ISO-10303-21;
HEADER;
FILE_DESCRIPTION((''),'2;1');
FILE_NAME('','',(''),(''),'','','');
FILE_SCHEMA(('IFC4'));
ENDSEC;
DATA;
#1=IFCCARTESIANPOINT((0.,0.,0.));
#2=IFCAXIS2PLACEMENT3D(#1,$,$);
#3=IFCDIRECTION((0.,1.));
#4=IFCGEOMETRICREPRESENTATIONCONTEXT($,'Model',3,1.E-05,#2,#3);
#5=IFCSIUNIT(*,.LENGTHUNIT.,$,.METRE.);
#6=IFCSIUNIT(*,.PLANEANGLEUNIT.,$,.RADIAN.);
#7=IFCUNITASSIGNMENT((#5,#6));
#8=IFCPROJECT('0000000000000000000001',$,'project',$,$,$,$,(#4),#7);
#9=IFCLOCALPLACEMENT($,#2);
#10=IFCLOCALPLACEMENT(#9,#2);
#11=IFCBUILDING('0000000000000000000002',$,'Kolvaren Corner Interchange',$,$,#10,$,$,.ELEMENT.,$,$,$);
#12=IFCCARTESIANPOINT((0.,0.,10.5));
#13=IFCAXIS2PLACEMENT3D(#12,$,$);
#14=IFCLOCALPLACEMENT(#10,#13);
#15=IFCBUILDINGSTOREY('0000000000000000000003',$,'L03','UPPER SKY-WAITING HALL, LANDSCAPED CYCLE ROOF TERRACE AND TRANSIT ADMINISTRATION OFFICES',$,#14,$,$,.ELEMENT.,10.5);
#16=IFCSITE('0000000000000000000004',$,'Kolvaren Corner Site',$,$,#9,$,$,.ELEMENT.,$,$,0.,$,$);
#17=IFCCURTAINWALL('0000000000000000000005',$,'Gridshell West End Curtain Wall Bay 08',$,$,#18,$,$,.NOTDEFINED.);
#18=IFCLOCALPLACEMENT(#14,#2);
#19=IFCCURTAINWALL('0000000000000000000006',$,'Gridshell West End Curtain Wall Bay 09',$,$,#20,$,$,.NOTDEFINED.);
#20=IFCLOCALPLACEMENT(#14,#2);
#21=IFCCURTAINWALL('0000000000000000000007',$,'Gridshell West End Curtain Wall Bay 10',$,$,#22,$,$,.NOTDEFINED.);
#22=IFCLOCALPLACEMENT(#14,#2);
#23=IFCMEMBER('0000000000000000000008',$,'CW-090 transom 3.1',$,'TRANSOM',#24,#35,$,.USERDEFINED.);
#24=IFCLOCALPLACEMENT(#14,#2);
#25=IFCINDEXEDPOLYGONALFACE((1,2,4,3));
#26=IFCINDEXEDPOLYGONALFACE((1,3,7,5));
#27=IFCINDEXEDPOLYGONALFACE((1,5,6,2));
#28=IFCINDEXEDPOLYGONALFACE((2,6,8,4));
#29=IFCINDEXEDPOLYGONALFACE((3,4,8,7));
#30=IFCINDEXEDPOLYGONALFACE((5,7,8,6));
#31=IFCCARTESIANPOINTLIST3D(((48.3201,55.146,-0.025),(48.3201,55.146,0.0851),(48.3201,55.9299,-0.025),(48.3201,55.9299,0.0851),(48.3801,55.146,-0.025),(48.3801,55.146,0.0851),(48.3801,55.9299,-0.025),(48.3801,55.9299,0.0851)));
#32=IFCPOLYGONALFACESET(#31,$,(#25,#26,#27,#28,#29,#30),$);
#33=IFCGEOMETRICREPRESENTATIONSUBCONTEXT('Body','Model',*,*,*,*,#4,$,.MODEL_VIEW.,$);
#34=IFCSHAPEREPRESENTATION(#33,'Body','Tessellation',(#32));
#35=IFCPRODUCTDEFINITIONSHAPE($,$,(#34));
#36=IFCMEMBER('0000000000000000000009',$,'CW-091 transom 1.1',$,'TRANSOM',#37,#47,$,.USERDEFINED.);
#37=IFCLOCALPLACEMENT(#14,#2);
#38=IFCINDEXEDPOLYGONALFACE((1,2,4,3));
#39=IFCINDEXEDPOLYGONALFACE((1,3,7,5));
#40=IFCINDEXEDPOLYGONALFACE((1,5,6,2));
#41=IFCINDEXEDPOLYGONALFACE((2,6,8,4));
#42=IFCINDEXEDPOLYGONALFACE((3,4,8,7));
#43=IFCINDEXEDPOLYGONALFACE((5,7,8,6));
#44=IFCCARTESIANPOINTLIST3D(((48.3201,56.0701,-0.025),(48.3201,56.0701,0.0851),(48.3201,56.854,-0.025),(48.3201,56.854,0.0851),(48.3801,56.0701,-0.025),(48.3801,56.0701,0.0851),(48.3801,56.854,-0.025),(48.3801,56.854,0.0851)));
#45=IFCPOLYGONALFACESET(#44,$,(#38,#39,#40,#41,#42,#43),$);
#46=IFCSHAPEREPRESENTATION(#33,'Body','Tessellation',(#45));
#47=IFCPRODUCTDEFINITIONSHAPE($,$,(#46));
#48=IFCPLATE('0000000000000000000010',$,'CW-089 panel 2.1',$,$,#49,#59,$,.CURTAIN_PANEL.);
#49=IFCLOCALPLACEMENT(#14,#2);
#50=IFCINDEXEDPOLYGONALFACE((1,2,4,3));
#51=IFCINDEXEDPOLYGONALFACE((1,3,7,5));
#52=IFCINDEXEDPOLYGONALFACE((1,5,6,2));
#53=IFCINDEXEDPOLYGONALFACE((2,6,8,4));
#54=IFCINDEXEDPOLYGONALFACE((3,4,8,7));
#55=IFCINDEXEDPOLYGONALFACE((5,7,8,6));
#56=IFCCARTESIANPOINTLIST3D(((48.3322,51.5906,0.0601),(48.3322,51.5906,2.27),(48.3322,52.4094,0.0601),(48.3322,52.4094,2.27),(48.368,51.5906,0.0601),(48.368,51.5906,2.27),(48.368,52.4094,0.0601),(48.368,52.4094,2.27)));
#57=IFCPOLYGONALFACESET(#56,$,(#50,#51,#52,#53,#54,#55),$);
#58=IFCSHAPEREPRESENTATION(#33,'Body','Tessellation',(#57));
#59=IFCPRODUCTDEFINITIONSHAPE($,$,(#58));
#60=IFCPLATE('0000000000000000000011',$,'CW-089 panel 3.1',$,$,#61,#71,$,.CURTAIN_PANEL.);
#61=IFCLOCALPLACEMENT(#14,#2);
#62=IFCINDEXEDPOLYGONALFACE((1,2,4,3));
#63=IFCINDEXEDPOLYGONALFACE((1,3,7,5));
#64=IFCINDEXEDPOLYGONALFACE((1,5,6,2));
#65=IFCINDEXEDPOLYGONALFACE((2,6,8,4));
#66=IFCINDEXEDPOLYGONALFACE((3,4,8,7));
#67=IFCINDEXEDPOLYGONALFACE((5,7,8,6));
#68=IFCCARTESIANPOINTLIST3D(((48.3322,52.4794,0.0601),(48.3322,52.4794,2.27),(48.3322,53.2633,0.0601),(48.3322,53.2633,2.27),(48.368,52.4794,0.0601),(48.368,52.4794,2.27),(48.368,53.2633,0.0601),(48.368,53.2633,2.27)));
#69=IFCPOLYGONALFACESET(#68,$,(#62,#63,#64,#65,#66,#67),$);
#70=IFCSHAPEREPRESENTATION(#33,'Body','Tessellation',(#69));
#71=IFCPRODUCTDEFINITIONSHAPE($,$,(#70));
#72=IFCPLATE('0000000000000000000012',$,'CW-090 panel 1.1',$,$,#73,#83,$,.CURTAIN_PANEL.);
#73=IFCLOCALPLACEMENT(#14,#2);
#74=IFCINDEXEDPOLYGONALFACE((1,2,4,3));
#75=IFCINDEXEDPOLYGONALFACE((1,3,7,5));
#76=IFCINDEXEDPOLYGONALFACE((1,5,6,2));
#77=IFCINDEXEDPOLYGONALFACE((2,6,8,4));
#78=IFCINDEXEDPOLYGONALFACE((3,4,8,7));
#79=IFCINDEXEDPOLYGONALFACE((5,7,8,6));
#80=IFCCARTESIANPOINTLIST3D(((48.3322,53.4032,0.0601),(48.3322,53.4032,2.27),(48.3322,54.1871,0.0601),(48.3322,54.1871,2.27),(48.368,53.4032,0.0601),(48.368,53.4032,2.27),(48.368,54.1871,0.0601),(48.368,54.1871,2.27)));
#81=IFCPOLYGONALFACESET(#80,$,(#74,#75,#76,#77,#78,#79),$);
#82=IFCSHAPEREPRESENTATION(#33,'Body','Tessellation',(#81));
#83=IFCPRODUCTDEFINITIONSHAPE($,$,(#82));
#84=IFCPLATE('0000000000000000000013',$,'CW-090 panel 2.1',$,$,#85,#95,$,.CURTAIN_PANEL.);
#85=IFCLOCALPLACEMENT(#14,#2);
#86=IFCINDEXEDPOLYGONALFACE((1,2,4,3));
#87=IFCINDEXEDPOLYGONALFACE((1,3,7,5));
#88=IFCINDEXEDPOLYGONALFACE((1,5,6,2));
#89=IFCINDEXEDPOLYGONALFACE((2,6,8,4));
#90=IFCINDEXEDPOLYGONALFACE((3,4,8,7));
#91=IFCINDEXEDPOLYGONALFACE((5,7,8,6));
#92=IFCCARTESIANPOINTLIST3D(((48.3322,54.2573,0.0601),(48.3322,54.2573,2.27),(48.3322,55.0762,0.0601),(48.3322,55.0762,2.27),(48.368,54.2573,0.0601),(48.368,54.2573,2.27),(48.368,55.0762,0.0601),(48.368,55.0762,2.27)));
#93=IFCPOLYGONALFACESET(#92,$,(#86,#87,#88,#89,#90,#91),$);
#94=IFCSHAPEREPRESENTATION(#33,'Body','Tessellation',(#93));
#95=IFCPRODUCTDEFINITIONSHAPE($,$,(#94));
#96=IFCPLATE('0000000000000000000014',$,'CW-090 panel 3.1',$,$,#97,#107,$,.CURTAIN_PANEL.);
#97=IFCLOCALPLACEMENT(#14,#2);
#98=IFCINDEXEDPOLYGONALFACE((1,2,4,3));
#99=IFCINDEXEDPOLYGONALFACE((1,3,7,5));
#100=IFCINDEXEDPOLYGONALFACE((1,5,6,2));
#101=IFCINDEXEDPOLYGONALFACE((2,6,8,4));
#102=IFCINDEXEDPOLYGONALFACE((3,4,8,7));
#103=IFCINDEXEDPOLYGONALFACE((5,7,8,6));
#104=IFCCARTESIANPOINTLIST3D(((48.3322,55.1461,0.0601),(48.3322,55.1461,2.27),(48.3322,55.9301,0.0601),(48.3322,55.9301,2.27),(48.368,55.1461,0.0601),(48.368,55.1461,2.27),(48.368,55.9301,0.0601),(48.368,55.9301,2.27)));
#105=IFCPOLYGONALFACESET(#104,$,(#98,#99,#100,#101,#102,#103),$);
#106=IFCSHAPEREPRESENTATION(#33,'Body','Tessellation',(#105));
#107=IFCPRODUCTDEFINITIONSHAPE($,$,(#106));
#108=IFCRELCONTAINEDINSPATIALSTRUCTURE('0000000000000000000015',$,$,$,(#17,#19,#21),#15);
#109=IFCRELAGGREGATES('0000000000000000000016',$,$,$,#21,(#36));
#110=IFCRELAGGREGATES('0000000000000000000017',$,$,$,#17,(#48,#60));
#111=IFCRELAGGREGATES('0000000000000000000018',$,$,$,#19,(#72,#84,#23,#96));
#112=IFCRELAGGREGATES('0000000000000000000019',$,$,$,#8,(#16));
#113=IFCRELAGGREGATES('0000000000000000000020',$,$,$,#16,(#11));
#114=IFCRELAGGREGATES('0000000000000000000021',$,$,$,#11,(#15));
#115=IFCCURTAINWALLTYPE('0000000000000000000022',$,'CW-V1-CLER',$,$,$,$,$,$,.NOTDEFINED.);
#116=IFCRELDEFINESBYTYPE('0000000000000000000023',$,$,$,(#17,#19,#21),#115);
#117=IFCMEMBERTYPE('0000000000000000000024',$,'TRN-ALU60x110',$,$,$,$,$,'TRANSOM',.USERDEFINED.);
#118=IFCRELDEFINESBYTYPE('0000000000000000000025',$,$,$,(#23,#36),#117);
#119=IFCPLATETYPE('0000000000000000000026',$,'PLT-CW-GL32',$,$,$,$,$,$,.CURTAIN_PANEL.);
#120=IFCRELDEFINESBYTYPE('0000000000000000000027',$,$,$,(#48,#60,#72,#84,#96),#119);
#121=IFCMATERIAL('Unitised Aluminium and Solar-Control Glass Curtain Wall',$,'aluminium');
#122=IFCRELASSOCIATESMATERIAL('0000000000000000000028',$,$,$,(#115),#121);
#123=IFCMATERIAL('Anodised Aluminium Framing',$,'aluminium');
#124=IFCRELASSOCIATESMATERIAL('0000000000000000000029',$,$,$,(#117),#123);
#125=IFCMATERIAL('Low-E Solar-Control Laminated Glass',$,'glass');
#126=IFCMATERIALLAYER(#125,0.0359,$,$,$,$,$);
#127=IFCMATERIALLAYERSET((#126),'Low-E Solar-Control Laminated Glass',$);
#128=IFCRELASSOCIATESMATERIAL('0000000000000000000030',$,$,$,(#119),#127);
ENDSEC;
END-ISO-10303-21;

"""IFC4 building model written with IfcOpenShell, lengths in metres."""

from ifc_helpers import new_model, si_unit, direction, frame, origin, origin_2d, place, context, subcontext, project, spatial, rectangle, extrude, material, layer, layer_set, material_profile, profile_set, type_object, element, aggregate, save


model = new_model("IFC4")

# Units and contexts
model_context = context("Model", 3, precision=1e-05, world=origin(), true_north=direction((0.0, 1.0)))
body_context = subcontext(model_context, "Body", "Model", "MODEL_VIEW")
ifc_project = project(units=[si_unit("LENGTHUNIT", "METRE"), si_unit("PLANEANGLEUNIT", "RADIAN")], contexts=[model_context])

# Site, building, storey
site_placement = place(None, origin())
site = spatial("IfcSite", under=ifc_project, at=site_placement, Name="Kolvaren Corner Site", CompositionType="ELEMENT", RefElevation=0.0)
building_placement = place(site_placement, origin())
building = spatial("IfcBuilding", under=site, at=building_placement, Name="Kolvaren Corner Interchange", CompositionType="ELEMENT")
storey_placement = place(building_placement, frame((0.0, 0.0, 10.5)))
storey = spatial("IfcBuildingStorey", under=building, at=storey_placement, Name="L03", Description="UPPER SKY-WAITING HALL, LANDSCAPED CYCLE ROOF TERRACE AND TRANSIT ADMINISTRATION OFFICES", CompositionType="ELEMENT", Elevation=10.5)

# Curtain walls
ifc_material_1 = material(Name="Unitised Aluminium and Solar-Control Glass Curtain Wall", Category="aluminium")
curtain_wall_type = type_object("IfcCurtainWallType", Name="CW-V1-CLER", PredefinedType="NOTDEFINED", material=ifc_material_1)
curtain_wall_1_placement = place(storey_placement, origin())
curtain_wall_1 = element("IfcCurtainWall", 1, at=curtain_wall_1_placement, inside=storey, type_object=curtain_wall_type, Name="Gridshell West End Curtain Wall Bay 08", PredefinedType="NOTDEFINED")
curtain_wall_2_placement = place(storey_placement, origin())
curtain_wall_2 = element("IfcCurtainWall", 2, at=curtain_wall_2_placement, inside=storey, type_object=curtain_wall_type, Name="Gridshell West End Curtain Wall Bay 09", PredefinedType="NOTDEFINED")

# Curtain wall
curtain_wall_3_placement = place(storey_placement, origin())
curtain_wall_3 = element("IfcCurtainWall", 3, at=curtain_wall_3_placement, inside=storey, type_object=curtain_wall_type, Name="Gridshell West End Curtain Wall Bay 10", PredefinedType="NOTDEFINED")

# Members
ifc_material_2 = material(Name="Anodised Aluminium Framing", Category="aluminium")
ifc_material_profile_1 = material_profile(ifc_material_2, rectangle(XDim=0.0601, YDim=0.1101, at=origin_2d()), Name="ALU 60x110")
ifc_profile_set_1 = profile_set([ifc_material_profile_1], Name="Anodised Aluminium Framing")
member_type_1 = type_object("IfcMemberType", Name="TRN-ALU60x110", ElementType="TRANSOM", PredefinedType="USERDEFINED", material=ifc_profile_set_1)
member_1_placement = place(storey_placement, frame((48.3501, 55.146, 0.03), z_axis=(0.0, 1.0, 0.0), x_axis=(-1.0, 0.0, 0.0)))
member_1 = element("IfcMember", 4, at=member_1_placement, type_object=member_type_1, Name="CW-090 transom 3.1", ObjectType="TRANSOM", PredefinedType="USERDEFINED", context=body_context, shape_type="SweptSolid", body=[
    extrude(rectangle(XDim=0.0601, YDim=0.1101, at=origin_2d()), origin(), (0.0, 0.0, 1.0), 0.7839),
])
member_2_placement = place(storey_placement, frame((48.3501, 56.0701, 0.03), z_axis=(0.0, 1.0, 0.0), x_axis=(-1.0, 0.0, 0.0)))
member_2 = element("IfcMember", 5, at=member_2_placement, type_object=member_type_1, Name="CW-091 transom 1.1", ObjectType="TRANSOM", PredefinedType="USERDEFINED", context=body_context, shape_type="SweptSolid", body=[
    extrude(rectangle(XDim=0.0601, YDim=0.1101, at=origin_2d()), origin(), (0.0, 0.0, 1.0), 0.7839),
])
aggregate(curtain_wall_3, [member_2])

# Plates
ifc_material_3 = material(Name="Low-E Solar-Control Laminated Glass", Category="glass")
ifc_layer = layer(ifc_material_3, 0.0359)
ifc_layer_set = layer_set([ifc_layer], Name="Low-E Solar-Control Laminated Glass")
plate_type = type_object("IfcPlateType", Name="PLT-CW-GL32", PredefinedType="CURTAIN_PANEL", material=ifc_layer_set)
plate_1_placement = place(storey_placement, frame((48.3501, 52.0, 0.0601), z_axis=(0.0, 0.0, 1.0), x_axis=(0.0, 1.0, 0.0)))
plate_1 = element("IfcPlate", 6, at=plate_1_placement, type_object=plate_type, Name="CW-089 panel 2.1", PredefinedType="CURTAIN_PANEL", context=body_context, shape_type="SweptSolid", body=[
    extrude(rectangle(XDim=0.8188, YDim=0.0359, at=origin_2d()), origin(), (0.0, 0.0, 1.0), 2.21),
])
plate_2_placement = place(storey_placement, frame((48.3501, 52.8713, 0.0601), z_axis=(0.0, 0.0, 1.0), x_axis=(0.0, 1.0, 0.0)))
plate_2 = element("IfcPlate", 7, at=plate_2_placement, type_object=plate_type, Name="CW-089 panel 3.1", PredefinedType="CURTAIN_PANEL", context=body_context, shape_type="SweptSolid", body=[
    extrude(rectangle(XDim=0.7839, YDim=0.0359, at=origin_2d()), origin(), (0.0, 0.0, 1.0), 2.21),
])
aggregate(curtain_wall_1, [plate_1, plate_2])
plate_3_placement = place(storey_placement, frame((48.3501, 53.7952, 0.0601), z_axis=(0.0, 0.0, 1.0), x_axis=(0.0, 1.0, 0.0)))
plate_3 = element("IfcPlate", 8, at=plate_3_placement, type_object=plate_type, Name="CW-090 panel 1.1", PredefinedType="CURTAIN_PANEL", context=body_context, shape_type="SweptSolid", body=[
    extrude(rectangle(XDim=0.7839, YDim=0.0359, at=origin_2d()), origin(), (0.0, 0.0, 1.0), 2.21),
])
plate_4_placement = place(storey_placement, frame((48.3501, 54.6667, 0.0601), z_axis=(0.0, 0.0, 1.0), x_axis=(0.0, 1.0, 0.0)))
plate_4 = element("IfcPlate", 9, at=plate_4_placement, type_object=plate_type, Name="CW-090 panel 2.1", PredefinedType="CURTAIN_PANEL", context=body_context, shape_type="SweptSolid", body=[
    extrude(rectangle(XDim=0.8188, YDim=0.0359, at=origin_2d()), origin(), (0.0, 0.0, 1.0), 2.21),
])
plate_5_placement = place(storey_placement, frame((48.3501, 55.5381, 0.0601), z_axis=(0.0, 0.0, 1.0), x_axis=(0.0, 1.0, 0.0)))
plate_5 = element("IfcPlate", 10, at=plate_5_placement, type_object=plate_type, Name="CW-090 panel 3.1", PredefinedType="CURTAIN_PANEL", context=body_context, shape_type="SweptSolid", body=[
    extrude(rectangle(XDim=0.7839, YDim=0.0359, at=origin_2d()), origin(), (0.0, 0.0, 1.0), 2.21),
])
aggregate(curtain_wall_2, [plate_3, plate_4, member_1, plate_5])

save(model, "model.ifc")
